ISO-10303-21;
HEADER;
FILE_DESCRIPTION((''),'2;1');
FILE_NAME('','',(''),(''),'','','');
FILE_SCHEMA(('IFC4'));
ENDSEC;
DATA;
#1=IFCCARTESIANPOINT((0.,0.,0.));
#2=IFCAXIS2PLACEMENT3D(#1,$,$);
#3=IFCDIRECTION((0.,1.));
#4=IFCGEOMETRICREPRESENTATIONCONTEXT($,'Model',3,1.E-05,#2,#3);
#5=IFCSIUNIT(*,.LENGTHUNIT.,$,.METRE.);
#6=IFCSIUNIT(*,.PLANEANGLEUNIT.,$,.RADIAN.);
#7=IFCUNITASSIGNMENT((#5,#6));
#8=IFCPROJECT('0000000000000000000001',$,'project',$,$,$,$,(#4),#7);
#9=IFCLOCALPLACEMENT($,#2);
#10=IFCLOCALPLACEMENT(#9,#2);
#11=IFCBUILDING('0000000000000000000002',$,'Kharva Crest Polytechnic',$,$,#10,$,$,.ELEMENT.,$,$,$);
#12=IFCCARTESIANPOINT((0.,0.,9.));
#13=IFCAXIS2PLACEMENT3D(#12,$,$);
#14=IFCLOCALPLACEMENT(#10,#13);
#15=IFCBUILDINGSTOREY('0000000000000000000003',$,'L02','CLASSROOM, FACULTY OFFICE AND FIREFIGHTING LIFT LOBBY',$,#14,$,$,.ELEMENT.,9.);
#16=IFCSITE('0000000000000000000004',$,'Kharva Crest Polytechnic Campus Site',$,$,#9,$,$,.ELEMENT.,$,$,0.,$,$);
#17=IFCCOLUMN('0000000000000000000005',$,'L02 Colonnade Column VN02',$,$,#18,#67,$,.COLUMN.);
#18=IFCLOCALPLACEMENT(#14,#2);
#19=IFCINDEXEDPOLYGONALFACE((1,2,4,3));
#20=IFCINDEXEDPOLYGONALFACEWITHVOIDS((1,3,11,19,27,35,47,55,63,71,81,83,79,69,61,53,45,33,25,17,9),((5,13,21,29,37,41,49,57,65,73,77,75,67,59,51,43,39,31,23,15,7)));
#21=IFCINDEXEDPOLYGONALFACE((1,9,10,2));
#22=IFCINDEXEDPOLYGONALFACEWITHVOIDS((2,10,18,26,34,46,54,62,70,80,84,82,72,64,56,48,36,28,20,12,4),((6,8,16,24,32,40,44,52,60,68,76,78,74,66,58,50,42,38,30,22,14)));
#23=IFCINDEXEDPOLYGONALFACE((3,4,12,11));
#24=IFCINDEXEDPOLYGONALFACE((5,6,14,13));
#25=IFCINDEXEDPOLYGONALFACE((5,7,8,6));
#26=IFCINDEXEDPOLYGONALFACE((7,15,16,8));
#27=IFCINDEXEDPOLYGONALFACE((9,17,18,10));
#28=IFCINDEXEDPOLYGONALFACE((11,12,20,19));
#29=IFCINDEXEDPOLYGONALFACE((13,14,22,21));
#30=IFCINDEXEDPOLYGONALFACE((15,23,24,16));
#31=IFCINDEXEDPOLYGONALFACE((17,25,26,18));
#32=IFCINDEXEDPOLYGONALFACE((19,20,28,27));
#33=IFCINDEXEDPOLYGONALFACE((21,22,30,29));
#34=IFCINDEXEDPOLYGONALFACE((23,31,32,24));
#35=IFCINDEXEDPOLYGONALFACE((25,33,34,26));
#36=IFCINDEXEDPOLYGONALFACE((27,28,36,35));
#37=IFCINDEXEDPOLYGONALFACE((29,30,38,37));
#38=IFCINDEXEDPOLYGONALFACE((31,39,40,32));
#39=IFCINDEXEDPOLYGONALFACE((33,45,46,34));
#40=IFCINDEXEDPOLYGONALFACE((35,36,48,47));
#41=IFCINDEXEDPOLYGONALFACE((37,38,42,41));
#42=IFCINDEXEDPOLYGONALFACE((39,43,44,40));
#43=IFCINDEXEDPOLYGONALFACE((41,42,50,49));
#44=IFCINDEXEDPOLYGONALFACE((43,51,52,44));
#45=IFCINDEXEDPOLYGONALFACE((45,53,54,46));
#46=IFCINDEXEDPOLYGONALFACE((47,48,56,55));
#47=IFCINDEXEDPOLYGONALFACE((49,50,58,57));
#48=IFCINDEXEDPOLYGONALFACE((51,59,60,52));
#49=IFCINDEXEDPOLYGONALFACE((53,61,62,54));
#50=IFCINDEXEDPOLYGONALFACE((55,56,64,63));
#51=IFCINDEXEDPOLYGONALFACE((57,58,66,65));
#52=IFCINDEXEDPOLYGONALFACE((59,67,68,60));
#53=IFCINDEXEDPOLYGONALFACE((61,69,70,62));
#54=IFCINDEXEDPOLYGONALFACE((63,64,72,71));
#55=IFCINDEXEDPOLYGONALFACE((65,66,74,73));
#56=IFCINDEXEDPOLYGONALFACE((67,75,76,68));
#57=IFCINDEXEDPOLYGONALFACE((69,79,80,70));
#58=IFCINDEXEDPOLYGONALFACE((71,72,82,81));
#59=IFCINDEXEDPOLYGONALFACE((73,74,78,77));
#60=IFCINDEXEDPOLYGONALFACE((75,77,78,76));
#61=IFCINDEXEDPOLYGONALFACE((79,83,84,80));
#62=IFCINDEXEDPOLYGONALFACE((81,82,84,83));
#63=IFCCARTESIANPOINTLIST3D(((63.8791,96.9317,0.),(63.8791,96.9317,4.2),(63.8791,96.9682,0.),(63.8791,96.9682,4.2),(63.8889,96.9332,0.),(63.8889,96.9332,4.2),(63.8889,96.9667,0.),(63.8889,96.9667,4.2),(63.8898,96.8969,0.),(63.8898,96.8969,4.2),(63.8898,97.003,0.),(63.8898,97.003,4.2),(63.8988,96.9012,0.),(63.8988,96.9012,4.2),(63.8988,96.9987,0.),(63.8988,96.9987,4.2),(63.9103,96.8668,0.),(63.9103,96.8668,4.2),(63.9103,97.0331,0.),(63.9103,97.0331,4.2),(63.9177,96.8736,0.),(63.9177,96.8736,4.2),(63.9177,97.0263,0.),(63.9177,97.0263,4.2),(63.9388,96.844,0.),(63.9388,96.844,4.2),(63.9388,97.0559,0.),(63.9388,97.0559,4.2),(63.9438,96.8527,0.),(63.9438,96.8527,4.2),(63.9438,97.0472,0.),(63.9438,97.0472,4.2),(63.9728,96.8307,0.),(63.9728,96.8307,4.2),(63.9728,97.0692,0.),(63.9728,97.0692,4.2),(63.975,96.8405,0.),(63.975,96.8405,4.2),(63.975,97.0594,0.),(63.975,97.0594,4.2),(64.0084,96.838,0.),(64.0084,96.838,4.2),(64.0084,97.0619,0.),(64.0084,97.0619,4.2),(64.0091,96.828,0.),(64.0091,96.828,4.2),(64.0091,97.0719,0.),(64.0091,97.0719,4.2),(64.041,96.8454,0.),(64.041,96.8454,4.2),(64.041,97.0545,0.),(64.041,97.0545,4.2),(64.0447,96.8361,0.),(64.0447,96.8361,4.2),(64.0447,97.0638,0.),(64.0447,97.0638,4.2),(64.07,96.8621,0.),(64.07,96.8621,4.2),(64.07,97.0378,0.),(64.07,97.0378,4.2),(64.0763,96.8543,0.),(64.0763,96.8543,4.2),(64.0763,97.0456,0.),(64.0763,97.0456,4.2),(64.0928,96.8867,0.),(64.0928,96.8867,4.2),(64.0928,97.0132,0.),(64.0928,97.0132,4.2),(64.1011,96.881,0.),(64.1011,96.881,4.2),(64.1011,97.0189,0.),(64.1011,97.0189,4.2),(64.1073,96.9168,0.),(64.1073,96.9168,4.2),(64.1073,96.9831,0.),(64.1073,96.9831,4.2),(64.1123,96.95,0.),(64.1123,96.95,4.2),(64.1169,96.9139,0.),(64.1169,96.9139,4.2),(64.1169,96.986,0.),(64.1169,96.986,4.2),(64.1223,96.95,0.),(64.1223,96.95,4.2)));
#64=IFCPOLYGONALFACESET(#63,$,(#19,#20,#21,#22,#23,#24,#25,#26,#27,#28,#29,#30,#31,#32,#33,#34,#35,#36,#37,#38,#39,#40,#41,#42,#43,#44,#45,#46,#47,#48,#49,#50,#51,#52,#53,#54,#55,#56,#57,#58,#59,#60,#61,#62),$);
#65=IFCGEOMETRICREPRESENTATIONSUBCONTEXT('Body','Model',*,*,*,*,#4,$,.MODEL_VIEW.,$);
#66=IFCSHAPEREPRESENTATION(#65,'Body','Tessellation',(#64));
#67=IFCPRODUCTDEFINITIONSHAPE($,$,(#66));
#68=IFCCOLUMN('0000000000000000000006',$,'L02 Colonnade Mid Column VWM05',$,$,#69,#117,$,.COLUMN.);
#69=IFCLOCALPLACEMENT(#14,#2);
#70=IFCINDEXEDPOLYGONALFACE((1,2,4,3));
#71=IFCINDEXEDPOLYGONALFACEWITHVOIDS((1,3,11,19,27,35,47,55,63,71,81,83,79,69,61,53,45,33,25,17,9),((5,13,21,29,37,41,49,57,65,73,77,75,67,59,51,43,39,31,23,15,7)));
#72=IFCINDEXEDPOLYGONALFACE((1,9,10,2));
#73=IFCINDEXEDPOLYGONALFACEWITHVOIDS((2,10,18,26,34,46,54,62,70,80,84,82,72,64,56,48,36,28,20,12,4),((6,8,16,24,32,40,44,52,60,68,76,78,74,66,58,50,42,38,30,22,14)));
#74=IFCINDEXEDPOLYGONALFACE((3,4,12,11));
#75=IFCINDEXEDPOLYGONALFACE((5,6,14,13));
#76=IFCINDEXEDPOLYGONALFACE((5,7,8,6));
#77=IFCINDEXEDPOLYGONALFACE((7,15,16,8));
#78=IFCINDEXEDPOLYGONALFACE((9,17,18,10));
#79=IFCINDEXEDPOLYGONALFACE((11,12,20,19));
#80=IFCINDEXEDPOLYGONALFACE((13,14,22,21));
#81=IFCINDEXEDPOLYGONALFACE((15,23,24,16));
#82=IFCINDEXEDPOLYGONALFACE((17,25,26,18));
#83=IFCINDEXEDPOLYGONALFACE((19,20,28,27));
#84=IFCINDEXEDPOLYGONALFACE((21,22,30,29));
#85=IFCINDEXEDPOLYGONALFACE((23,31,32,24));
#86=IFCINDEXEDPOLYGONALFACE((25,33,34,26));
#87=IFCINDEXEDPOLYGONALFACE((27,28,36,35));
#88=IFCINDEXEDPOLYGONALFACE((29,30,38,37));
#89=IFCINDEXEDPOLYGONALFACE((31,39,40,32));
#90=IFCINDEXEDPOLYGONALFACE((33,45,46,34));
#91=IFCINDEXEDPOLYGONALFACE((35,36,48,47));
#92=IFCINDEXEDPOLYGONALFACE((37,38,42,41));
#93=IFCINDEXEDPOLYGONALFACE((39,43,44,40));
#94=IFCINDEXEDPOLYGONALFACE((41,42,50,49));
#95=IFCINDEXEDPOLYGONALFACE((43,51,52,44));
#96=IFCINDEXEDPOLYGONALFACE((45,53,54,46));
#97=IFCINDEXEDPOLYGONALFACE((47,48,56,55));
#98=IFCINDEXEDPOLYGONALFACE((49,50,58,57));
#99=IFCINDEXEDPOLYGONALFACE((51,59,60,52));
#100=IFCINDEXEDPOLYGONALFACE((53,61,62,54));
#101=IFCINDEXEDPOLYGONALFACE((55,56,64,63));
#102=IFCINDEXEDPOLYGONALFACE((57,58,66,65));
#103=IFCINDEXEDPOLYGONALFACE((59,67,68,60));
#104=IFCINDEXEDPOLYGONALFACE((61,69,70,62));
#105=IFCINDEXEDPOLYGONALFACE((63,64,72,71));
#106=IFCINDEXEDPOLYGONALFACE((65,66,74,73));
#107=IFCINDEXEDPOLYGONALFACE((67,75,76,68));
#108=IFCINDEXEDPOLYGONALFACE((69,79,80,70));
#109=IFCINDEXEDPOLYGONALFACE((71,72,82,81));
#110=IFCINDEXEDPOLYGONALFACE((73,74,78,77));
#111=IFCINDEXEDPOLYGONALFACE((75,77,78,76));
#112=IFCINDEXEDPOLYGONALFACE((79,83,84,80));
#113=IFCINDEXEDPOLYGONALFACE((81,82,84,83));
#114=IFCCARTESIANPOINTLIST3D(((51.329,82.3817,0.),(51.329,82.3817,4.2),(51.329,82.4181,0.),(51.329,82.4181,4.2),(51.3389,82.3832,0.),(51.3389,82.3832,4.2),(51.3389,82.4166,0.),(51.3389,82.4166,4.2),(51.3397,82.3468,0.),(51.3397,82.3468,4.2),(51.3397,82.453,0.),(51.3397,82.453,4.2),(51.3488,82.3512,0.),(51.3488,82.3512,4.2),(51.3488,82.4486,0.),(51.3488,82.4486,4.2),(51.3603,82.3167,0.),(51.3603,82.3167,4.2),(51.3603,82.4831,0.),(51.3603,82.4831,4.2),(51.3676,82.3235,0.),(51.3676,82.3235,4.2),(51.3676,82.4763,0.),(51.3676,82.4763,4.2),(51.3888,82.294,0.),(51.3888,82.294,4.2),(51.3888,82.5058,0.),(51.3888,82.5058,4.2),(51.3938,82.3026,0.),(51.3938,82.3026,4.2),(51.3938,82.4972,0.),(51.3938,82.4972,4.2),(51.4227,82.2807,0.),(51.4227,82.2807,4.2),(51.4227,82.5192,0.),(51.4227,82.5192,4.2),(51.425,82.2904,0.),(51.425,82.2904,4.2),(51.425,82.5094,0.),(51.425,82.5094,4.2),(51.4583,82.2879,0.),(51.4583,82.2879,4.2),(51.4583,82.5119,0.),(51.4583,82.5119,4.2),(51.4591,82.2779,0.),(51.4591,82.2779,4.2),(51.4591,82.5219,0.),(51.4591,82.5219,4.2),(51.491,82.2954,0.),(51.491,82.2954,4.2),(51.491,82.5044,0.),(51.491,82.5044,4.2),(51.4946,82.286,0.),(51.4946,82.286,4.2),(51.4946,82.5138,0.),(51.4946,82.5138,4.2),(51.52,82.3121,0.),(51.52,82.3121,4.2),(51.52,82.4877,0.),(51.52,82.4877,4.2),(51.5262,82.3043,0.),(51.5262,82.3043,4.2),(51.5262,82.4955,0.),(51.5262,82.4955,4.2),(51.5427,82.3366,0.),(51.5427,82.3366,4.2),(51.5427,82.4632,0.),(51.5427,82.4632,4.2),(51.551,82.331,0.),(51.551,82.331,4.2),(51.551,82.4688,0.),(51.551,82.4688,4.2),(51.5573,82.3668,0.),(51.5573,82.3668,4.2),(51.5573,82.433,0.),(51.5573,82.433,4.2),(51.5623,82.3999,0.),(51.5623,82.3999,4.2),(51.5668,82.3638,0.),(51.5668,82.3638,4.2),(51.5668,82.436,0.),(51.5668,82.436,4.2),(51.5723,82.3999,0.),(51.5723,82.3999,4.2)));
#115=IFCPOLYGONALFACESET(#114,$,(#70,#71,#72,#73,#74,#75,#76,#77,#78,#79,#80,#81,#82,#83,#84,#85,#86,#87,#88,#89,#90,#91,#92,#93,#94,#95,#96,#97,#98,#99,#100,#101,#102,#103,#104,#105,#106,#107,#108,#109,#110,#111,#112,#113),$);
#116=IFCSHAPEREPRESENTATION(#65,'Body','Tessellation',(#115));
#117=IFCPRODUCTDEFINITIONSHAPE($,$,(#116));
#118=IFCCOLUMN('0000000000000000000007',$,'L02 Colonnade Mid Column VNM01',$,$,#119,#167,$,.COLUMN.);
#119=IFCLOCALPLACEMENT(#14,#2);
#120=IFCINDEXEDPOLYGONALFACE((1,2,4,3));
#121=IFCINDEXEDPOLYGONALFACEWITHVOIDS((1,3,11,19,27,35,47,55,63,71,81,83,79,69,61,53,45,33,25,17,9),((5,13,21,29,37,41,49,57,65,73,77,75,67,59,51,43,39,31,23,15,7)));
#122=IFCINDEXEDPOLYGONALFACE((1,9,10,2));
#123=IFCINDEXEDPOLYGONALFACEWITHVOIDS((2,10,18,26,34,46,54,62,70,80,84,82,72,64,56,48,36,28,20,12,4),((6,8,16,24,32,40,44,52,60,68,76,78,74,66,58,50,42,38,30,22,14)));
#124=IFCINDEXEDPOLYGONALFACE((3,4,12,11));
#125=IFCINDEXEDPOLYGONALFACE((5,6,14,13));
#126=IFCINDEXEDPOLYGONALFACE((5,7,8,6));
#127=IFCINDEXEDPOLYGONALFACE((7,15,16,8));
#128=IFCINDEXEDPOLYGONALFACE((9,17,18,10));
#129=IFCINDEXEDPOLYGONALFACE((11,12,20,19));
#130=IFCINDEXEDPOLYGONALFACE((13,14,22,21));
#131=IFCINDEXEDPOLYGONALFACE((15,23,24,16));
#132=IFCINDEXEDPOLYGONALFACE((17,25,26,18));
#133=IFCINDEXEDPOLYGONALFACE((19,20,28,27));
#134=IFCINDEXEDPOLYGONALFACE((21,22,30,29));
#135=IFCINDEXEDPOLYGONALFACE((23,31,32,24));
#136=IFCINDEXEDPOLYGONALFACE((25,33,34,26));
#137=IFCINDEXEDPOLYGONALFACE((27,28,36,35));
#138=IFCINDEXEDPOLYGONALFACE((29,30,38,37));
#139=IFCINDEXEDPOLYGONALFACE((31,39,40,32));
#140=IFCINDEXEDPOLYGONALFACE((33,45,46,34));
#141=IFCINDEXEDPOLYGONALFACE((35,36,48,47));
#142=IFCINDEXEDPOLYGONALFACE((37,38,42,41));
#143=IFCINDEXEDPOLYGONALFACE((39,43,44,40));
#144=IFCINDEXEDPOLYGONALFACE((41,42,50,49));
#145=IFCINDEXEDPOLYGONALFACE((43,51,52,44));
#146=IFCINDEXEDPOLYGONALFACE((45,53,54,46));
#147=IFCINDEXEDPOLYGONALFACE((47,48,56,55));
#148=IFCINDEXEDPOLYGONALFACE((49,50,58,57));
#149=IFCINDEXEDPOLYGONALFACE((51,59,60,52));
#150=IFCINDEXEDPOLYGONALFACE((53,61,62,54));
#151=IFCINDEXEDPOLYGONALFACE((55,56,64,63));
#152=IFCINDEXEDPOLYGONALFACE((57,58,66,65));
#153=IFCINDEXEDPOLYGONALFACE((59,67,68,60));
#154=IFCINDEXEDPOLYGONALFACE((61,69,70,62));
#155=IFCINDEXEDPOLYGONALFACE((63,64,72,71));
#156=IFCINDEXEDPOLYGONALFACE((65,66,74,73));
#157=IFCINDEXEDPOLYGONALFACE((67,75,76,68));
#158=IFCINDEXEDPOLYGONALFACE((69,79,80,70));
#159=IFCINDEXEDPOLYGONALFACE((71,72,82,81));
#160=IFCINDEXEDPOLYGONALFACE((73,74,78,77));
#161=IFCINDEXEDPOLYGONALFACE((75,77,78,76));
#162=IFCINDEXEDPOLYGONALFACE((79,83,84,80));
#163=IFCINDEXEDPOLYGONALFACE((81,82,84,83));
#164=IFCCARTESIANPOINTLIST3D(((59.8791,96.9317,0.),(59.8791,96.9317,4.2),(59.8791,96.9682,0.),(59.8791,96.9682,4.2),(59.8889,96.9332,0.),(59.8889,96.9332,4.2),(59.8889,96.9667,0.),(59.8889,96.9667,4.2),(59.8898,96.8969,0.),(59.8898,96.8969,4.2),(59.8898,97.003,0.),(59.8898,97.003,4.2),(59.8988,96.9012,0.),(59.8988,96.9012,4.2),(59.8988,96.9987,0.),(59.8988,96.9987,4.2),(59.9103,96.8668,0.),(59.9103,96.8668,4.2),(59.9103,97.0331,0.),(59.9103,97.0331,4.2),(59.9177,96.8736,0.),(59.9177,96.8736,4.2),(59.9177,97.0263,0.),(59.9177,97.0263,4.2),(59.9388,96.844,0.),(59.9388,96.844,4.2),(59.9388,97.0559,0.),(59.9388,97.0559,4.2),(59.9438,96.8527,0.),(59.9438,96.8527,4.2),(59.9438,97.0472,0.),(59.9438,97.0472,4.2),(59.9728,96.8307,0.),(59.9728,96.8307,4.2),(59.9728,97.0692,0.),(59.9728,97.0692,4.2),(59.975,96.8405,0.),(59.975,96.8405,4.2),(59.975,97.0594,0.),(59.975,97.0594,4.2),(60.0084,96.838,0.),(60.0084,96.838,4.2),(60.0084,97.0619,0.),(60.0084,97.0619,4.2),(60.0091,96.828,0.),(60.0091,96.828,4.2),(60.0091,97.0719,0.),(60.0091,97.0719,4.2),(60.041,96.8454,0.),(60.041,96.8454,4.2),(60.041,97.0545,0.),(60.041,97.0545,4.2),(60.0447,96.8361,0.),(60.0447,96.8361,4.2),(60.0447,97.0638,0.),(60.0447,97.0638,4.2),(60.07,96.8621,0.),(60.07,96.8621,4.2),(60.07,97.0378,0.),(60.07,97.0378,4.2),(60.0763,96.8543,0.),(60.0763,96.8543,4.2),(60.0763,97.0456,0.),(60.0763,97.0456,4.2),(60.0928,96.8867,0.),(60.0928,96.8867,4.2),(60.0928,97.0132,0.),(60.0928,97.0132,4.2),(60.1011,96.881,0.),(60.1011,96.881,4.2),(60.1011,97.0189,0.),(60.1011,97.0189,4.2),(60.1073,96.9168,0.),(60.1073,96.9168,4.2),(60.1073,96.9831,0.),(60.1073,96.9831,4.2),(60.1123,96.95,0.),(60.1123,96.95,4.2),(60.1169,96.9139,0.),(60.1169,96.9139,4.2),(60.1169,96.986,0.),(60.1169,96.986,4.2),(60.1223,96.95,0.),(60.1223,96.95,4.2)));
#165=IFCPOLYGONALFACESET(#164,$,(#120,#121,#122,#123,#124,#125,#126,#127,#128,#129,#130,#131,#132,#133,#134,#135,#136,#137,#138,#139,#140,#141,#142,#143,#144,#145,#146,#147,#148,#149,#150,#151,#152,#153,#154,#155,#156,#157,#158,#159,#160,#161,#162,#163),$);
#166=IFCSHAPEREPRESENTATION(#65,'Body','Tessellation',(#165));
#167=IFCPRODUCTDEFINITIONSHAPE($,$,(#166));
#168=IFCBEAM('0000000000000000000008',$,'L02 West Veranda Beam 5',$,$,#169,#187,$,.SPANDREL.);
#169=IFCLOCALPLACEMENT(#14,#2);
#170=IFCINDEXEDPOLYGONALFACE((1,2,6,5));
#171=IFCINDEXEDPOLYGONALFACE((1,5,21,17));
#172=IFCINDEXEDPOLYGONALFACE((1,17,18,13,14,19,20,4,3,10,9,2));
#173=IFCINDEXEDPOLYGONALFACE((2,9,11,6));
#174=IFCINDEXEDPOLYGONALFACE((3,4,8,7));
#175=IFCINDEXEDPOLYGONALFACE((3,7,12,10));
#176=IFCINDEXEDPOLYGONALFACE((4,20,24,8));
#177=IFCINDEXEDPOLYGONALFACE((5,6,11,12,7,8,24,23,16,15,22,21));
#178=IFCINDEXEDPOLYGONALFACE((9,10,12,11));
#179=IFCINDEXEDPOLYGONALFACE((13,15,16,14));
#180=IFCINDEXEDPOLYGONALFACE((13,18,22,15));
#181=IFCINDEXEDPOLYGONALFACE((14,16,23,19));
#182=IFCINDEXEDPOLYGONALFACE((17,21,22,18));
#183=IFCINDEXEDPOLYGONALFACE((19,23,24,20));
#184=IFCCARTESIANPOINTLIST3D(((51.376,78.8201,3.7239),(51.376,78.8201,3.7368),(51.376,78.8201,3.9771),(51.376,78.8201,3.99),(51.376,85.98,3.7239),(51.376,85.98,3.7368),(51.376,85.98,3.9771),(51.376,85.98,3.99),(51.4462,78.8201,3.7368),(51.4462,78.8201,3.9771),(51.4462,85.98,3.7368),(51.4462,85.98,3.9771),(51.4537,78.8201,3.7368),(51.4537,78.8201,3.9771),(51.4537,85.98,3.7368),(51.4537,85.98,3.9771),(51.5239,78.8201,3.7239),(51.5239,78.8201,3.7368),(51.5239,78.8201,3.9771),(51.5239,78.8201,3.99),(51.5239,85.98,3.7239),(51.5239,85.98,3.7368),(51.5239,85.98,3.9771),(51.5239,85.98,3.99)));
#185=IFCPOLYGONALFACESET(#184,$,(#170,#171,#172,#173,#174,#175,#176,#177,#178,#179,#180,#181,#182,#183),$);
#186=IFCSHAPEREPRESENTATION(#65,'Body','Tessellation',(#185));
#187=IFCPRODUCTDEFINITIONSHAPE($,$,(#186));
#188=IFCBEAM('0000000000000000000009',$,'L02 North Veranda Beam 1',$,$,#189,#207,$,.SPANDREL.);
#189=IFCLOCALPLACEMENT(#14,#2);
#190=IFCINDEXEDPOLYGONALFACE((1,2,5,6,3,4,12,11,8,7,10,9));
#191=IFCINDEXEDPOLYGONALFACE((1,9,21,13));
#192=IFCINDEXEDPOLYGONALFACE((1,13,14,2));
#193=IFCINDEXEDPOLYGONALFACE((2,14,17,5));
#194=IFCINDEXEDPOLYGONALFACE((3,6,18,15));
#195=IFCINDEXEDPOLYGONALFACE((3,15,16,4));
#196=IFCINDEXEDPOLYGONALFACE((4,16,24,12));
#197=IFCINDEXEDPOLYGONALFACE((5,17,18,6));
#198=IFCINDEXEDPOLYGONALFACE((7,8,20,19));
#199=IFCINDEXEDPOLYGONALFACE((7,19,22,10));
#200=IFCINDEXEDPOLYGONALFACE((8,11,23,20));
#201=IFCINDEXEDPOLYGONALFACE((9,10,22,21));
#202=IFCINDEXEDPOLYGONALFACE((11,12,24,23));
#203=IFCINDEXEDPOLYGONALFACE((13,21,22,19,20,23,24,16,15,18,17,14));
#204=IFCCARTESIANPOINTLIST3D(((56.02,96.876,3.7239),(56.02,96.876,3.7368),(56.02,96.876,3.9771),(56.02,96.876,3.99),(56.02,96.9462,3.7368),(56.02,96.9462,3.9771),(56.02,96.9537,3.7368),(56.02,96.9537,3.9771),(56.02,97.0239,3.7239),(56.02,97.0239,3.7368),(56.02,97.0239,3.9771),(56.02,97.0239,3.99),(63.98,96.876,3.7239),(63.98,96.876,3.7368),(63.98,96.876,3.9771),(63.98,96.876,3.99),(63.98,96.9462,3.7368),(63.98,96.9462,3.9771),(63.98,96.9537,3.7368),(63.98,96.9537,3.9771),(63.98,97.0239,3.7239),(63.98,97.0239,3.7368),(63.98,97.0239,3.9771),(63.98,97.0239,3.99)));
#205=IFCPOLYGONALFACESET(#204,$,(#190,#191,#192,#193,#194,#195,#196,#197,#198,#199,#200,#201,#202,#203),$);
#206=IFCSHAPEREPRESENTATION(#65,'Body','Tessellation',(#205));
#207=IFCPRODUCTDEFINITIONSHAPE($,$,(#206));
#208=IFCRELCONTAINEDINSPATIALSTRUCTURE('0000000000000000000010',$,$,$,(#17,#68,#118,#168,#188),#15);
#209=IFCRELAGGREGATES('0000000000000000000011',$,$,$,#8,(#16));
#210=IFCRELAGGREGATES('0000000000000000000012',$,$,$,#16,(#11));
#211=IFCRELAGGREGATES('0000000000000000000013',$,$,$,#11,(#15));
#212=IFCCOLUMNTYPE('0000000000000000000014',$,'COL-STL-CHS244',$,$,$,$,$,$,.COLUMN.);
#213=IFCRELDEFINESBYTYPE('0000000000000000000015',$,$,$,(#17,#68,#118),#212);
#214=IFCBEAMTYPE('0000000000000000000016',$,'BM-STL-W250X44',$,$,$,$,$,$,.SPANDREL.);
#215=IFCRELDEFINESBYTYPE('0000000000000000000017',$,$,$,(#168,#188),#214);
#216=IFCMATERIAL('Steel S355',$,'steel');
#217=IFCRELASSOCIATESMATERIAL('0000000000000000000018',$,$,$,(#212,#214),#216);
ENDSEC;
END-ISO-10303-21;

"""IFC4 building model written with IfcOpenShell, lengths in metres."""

from ifc_helpers import new_model, si_unit, direction, frame, origin, origin_2d, place, context, subcontext, project, spatial, hollow_circle, i_section, extrude, material, material_profile, profile_set, type_object, element, save


model = new_model("IFC4")

# Units and contexts
model_context = context("Model", 3, precision=1e-05, world=origin(), true_north=direction((0.0, 1.0)))
body_context = subcontext(model_context, "Body", "Model", "MODEL_VIEW")
ifc_project = project(units=[si_unit("LENGTHUNIT", "METRE"), si_unit("PLANEANGLEUNIT", "RADIAN")], contexts=[model_context])

# Site, building, storey
site_placement = place(None, origin())
site = spatial("IfcSite", under=ifc_project, at=site_placement, Name="Kharva Crest Polytechnic Campus Site", CompositionType="ELEMENT", RefElevation=0.0)
building_placement = place(site_placement, origin())
building = spatial("IfcBuilding", under=site, at=building_placement, Name="Kharva Crest Polytechnic", CompositionType="ELEMENT")
storey_placement = place(building_placement, frame((0.0, 0.0, 9.0)))
storey = spatial("IfcBuildingStorey", under=building, at=storey_placement, Name="L02", Description="CLASSROOM, FACULTY OFFICE AND FIREFIGHTING LIFT LOBBY", CompositionType="ELEMENT", Elevation=9.0)

# Columns
ifc_material_1 = material(Name="Steel S355", Category="steel")
ifc_material_profile_1 = material_profile(ifc_material_1, hollow_circle(Radius=0.1223, WallThickness=0.01, at=origin_2d()), Name="CHS 244.5X10.0")
ifc_profile_set_1 = profile_set([ifc_material_profile_1], Name="Steel S355")
column_type = type_object("IfcColumnType", Name="COL-STL-CHS244", PredefinedType="COLUMN", material=ifc_profile_set_1)
for number, where, z_axis, x_axis, name in (
    (1, (64.0, 96.95, 0.0), (0.0, 0.0, 1.0), (1.0, 0.0, 0.0), "L02 Colonnade Column VN02"),
    (2, (51.45, 82.3999, 0.0), (0.0, 0.0, 1.0), (1.0, 0.0, 0.0), "L02 Colonnade Mid Column VWM05"),
    (3, (60.0, 96.95, 0.0), (0.0, 0.0, 1.0), (1.0, 0.0, 0.0), "L02 Colonnade Mid Column VNM01"),
):
    element("IfcColumn", number, at=place(storey_placement, frame(where, z_axis=z_axis, x_axis=x_axis)), inside=storey, type_object=column_type, Name=name, PredefinedType="COLUMN", context=body_context, shape_type="SweptSolid", body=[
        extrude(hollow_circle(Radius=0.1223, WallThickness=0.01, at=origin_2d()), origin(), (0.0, 0.0, 1.0), 4.2),
    ])

# Beams
ifc_material_profile_2 = material_profile(ifc_material_1, i_section(OverallWidth=0.1479, OverallDepth=0.2661, WebThickness=0.0076, FlangeThickness=0.0129, at=origin_2d()), Name="W250X44.8")
ifc_profile_set_2 = profile_set([ifc_material_profile_2], Name="Steel S355")
beam_type_1 = type_object("IfcBeamType", Name="BM-STL-W250X44", PredefinedType="SPANDREL", material=ifc_profile_set_2)
beam_1_placement = place(storey_placement, frame((51.45, 78.8201, 3.8569), z_axis=(0.0, 1.0, 0.0), x_axis=(-1.0, 0.0, 0.0)))
element("IfcBeam", 4, at=beam_1_placement, inside=storey, type_object=beam_type_1, Name="L02 West Veranda Beam 5", PredefinedType="SPANDREL", context=body_context, shape_type="SweptSolid", body=[
    extrude(i_section(OverallWidth=0.1479, OverallDepth=0.2661, WebThickness=0.0076, FlangeThickness=0.0129, at=origin_2d()), origin(), (0.0, 0.0, 1.0), 7.1599),
])
beam_2_placement = place(storey_placement, frame((56.02, 96.95, 3.8569), z_axis=(1.0, 0.0, 0.0), x_axis=(0.0, 1.0, 0.0)))
element("IfcBeam", 5, at=beam_2_placement, inside=storey, type_object=beam_type_1, Name="L02 North Veranda Beam 1", PredefinedType="SPANDREL", context=body_context, shape_type="SweptSolid", body=[
    extrude(i_section(OverallWidth=0.1479, OverallDepth=0.2661, WebThickness=0.0076, FlangeThickness=0.0129, at=origin_2d()), origin(), (0.0, 0.0, 1.0), 7.96),
])

save(model, "model.ifc")
